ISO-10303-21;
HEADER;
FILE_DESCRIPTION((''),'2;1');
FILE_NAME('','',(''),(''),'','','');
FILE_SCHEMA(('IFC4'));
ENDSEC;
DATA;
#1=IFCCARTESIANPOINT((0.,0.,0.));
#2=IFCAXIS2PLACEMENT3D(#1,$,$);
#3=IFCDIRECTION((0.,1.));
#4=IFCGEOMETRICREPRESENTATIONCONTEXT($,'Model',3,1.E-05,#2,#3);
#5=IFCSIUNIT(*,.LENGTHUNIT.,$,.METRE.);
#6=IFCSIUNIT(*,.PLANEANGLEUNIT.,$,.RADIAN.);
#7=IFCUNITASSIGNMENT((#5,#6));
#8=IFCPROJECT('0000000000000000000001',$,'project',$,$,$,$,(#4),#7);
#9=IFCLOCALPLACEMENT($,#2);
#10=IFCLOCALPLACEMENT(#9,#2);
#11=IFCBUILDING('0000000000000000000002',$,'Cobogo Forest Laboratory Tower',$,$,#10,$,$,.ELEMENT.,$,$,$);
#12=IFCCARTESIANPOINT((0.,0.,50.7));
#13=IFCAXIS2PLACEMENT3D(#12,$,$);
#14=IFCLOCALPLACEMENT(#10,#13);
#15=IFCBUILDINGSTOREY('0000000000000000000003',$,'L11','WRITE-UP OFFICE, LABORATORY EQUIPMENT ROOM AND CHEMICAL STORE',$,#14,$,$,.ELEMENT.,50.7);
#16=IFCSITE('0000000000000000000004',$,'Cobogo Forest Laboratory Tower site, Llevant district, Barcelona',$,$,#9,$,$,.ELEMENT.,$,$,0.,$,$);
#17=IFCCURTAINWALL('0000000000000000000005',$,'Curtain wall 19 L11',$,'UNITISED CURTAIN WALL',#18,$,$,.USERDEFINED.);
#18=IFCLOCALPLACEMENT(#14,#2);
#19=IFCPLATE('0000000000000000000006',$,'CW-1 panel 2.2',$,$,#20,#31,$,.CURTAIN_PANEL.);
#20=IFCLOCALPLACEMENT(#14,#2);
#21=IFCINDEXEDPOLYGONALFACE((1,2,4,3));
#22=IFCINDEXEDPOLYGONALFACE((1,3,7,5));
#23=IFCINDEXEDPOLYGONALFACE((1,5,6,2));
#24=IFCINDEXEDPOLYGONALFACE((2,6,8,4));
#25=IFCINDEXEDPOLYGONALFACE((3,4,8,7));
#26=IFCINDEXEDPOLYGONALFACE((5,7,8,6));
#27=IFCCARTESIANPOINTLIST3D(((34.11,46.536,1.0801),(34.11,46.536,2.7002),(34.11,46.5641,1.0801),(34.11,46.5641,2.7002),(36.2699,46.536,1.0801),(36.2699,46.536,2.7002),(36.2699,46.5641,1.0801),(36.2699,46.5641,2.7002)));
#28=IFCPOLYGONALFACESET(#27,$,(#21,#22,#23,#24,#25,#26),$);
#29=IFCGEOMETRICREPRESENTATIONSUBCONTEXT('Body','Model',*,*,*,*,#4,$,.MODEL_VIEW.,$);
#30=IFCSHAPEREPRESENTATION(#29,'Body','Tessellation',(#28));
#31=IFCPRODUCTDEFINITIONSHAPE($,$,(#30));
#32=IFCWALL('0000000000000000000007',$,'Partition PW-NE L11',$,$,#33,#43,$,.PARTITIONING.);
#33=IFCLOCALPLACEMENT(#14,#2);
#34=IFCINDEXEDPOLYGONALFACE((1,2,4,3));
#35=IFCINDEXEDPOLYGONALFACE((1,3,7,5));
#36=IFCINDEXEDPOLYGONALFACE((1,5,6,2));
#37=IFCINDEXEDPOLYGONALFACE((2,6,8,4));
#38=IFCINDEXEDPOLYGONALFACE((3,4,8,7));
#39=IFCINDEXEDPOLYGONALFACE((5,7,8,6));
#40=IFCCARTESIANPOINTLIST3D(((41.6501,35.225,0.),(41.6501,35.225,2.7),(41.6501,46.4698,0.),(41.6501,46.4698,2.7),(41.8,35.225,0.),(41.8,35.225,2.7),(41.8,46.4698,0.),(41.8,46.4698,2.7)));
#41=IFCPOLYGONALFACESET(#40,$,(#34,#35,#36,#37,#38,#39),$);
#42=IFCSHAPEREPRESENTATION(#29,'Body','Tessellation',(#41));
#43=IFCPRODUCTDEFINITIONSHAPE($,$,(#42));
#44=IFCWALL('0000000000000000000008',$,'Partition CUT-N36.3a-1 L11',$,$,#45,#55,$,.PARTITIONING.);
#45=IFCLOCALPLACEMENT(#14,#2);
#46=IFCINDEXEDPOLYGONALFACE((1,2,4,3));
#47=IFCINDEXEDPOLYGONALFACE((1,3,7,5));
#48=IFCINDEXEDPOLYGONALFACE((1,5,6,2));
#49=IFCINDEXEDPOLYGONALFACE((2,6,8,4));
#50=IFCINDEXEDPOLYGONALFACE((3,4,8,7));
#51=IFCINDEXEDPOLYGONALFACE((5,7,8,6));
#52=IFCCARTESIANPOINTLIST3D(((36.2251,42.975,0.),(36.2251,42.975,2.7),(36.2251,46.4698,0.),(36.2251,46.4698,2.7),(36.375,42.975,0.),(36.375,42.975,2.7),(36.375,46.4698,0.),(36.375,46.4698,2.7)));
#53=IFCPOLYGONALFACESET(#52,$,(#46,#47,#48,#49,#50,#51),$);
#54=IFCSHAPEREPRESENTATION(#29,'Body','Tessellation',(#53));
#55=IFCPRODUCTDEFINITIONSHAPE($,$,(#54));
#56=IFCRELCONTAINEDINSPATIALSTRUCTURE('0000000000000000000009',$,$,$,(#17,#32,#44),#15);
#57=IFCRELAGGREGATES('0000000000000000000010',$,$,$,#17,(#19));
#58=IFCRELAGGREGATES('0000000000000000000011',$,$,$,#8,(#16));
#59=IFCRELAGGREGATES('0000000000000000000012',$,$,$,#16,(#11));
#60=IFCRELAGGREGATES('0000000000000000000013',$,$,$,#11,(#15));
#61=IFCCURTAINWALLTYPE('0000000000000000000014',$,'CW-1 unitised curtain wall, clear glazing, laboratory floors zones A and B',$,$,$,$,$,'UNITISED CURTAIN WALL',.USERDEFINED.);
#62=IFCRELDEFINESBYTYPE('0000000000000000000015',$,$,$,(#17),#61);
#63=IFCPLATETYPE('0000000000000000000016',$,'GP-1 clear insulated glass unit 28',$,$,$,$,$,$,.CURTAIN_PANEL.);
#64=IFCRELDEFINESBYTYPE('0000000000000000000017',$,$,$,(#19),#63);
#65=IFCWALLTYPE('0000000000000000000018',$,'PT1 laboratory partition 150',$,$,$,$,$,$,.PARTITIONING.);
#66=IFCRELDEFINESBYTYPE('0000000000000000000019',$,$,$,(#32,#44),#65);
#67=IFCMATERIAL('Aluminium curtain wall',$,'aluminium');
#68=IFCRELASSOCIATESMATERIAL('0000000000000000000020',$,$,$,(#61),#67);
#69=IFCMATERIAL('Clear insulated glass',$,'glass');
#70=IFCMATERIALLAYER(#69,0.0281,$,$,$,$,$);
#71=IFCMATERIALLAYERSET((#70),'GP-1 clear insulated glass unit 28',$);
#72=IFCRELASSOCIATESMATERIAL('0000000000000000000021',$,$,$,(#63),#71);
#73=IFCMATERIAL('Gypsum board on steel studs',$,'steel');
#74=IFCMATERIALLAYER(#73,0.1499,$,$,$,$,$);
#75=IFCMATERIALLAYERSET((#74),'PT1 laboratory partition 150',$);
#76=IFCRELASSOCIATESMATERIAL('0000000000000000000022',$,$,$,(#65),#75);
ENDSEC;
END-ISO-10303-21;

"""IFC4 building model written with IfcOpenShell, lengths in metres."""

from ifc_helpers import new_model, si_unit, direction, frame, frame_2d, origin, origin_2d, place, context, subcontext, project, spatial, rectangle, extrude, material, layer, layer_set, type_object, element, aggregate, save


model = new_model("IFC4")

# Units and contexts
model_context = context("Model", 3, precision=1e-05, world=origin(), true_north=direction((0.0, 1.0)))
body_context = subcontext(model_context, "Body", "Model", "MODEL_VIEW")
ifc_project = project(units=[si_unit("LENGTHUNIT", "METRE"), si_unit("PLANEANGLEUNIT", "RADIAN")], contexts=[model_context])

# Site, building, storey
site_placement = place(None, origin())
site = spatial("IfcSite", under=ifc_project, at=site_placement, Name="Cobogo Forest Laboratory Tower site, Llevant district, Barcelona", CompositionType="ELEMENT", RefElevation=0.0)
building_placement = place(site_placement, origin())
building = spatial("IfcBuilding", under=site, at=building_placement, Name="Cobogo Forest Laboratory Tower", CompositionType="ELEMENT")
storey_placement = place(building_placement, frame((0.0, 0.0, 50.7)))
storey = spatial("IfcBuildingStorey", under=building, at=storey_placement, Name="L11", Description="WRITE-UP OFFICE, LABORATORY EQUIPMENT ROOM AND CHEMICAL STORE", CompositionType="ELEMENT", Elevation=50.7)

# Curtain wall
ifc_material_1 = material(Name="Aluminium curtain wall", Category="aluminium")
curtain_wall_type = type_object("IfcCurtainWallType", Name="CW-1 unitised curtain wall, clear glazing, laboratory floors zones A and B", ElementType="UNITISED CURTAIN WALL", PredefinedType="USERDEFINED", material=ifc_material_1)
curtain_wall_1_placement = place(storey_placement, origin())
curtain_wall_1 = element("IfcCurtainWall", 1, at=curtain_wall_1_placement, inside=storey, type_object=curtain_wall_type, Name="Curtain wall 19 L11", ObjectType="UNITISED CURTAIN WALL", PredefinedType="USERDEFINED")

# Plate
ifc_material_2 = material(Name="Clear insulated glass", Category="glass")
ifc_layer_1 = layer(ifc_material_2, 0.0281)
ifc_layer_set_1 = layer_set([ifc_layer_1], Name="GP-1 clear insulated glass unit 28")
plate_type_1 = type_object("IfcPlateType", Name="GP-1 clear insulated glass unit 28", PredefinedType="CURTAIN_PANEL", material=ifc_layer_set_1)
plate_1_placement = place(storey_placement, frame((35.1899, 46.55, 1.0801), z_axis=(0.0, 0.0, 1.0), x_axis=(-1.0, 0.0, 0.0)))
plate_1 = element("IfcPlate", 2, at=plate_1_placement, type_object=plate_type_1, Name="CW-1 panel 2.2", PredefinedType="CURTAIN_PANEL", context=body_context, shape_type="SweptSolid", body=[
    extrude(rectangle(XDim=2.1599, YDim=0.0281, at=origin_2d()), origin(), (0.0, 0.0, 1.0), 1.6201),
])
aggregate(curtain_wall_1, [plate_1])

# Walls
ifc_material_3 = material(Name="Gypsum board on steel studs", Category="steel")
ifc_layer_2 = layer(ifc_material_3, 0.1499)
ifc_layer_set_2 = layer_set([ifc_layer_2], Name="PT1 laboratory partition 150")
wall_type = type_object("IfcWallType", Name="PT1 laboratory partition 150", PredefinedType="PARTITIONING", material=ifc_layer_set_2)
wall_1_placement = place(storey_placement, frame((41.7251, 46.47, 0.0), z_axis=(0.0, 0.0, 1.0), x_axis=(0.0, -1.0, 0.0)))
element("IfcWall", 3, at=wall_1_placement, inside=storey, type_object=wall_type, Name="Partition PW-NE L11", PredefinedType="PARTITIONING", context=body_context, shape_type="SweptSolid", body=[
    extrude(rectangle(XDim=11.2449, YDim=0.1499, at=frame_2d((5.6226, 0.0))), origin(), (0.0, 0.0, 1.0), 2.7),
])
wall_2_placement = place(storey_placement, frame((36.3, 46.47, 0.0), z_axis=(0.0, 0.0, 1.0), x_axis=(0.0, -1.0, 0.0)))
element("IfcWall", 4, at=wall_2_placement, inside=storey, type_object=wall_type, Name="Partition CUT-N36.3a-1 L11", PredefinedType="PARTITIONING", context=body_context, shape_type="SweptSolid", body=[
    extrude(rectangle(XDim=3.4949, YDim=0.1499, at=frame_2d((1.7476, 0.0))), origin(), (0.0, 0.0, 1.0), 2.7),
])

save(model, "model.ifc")
